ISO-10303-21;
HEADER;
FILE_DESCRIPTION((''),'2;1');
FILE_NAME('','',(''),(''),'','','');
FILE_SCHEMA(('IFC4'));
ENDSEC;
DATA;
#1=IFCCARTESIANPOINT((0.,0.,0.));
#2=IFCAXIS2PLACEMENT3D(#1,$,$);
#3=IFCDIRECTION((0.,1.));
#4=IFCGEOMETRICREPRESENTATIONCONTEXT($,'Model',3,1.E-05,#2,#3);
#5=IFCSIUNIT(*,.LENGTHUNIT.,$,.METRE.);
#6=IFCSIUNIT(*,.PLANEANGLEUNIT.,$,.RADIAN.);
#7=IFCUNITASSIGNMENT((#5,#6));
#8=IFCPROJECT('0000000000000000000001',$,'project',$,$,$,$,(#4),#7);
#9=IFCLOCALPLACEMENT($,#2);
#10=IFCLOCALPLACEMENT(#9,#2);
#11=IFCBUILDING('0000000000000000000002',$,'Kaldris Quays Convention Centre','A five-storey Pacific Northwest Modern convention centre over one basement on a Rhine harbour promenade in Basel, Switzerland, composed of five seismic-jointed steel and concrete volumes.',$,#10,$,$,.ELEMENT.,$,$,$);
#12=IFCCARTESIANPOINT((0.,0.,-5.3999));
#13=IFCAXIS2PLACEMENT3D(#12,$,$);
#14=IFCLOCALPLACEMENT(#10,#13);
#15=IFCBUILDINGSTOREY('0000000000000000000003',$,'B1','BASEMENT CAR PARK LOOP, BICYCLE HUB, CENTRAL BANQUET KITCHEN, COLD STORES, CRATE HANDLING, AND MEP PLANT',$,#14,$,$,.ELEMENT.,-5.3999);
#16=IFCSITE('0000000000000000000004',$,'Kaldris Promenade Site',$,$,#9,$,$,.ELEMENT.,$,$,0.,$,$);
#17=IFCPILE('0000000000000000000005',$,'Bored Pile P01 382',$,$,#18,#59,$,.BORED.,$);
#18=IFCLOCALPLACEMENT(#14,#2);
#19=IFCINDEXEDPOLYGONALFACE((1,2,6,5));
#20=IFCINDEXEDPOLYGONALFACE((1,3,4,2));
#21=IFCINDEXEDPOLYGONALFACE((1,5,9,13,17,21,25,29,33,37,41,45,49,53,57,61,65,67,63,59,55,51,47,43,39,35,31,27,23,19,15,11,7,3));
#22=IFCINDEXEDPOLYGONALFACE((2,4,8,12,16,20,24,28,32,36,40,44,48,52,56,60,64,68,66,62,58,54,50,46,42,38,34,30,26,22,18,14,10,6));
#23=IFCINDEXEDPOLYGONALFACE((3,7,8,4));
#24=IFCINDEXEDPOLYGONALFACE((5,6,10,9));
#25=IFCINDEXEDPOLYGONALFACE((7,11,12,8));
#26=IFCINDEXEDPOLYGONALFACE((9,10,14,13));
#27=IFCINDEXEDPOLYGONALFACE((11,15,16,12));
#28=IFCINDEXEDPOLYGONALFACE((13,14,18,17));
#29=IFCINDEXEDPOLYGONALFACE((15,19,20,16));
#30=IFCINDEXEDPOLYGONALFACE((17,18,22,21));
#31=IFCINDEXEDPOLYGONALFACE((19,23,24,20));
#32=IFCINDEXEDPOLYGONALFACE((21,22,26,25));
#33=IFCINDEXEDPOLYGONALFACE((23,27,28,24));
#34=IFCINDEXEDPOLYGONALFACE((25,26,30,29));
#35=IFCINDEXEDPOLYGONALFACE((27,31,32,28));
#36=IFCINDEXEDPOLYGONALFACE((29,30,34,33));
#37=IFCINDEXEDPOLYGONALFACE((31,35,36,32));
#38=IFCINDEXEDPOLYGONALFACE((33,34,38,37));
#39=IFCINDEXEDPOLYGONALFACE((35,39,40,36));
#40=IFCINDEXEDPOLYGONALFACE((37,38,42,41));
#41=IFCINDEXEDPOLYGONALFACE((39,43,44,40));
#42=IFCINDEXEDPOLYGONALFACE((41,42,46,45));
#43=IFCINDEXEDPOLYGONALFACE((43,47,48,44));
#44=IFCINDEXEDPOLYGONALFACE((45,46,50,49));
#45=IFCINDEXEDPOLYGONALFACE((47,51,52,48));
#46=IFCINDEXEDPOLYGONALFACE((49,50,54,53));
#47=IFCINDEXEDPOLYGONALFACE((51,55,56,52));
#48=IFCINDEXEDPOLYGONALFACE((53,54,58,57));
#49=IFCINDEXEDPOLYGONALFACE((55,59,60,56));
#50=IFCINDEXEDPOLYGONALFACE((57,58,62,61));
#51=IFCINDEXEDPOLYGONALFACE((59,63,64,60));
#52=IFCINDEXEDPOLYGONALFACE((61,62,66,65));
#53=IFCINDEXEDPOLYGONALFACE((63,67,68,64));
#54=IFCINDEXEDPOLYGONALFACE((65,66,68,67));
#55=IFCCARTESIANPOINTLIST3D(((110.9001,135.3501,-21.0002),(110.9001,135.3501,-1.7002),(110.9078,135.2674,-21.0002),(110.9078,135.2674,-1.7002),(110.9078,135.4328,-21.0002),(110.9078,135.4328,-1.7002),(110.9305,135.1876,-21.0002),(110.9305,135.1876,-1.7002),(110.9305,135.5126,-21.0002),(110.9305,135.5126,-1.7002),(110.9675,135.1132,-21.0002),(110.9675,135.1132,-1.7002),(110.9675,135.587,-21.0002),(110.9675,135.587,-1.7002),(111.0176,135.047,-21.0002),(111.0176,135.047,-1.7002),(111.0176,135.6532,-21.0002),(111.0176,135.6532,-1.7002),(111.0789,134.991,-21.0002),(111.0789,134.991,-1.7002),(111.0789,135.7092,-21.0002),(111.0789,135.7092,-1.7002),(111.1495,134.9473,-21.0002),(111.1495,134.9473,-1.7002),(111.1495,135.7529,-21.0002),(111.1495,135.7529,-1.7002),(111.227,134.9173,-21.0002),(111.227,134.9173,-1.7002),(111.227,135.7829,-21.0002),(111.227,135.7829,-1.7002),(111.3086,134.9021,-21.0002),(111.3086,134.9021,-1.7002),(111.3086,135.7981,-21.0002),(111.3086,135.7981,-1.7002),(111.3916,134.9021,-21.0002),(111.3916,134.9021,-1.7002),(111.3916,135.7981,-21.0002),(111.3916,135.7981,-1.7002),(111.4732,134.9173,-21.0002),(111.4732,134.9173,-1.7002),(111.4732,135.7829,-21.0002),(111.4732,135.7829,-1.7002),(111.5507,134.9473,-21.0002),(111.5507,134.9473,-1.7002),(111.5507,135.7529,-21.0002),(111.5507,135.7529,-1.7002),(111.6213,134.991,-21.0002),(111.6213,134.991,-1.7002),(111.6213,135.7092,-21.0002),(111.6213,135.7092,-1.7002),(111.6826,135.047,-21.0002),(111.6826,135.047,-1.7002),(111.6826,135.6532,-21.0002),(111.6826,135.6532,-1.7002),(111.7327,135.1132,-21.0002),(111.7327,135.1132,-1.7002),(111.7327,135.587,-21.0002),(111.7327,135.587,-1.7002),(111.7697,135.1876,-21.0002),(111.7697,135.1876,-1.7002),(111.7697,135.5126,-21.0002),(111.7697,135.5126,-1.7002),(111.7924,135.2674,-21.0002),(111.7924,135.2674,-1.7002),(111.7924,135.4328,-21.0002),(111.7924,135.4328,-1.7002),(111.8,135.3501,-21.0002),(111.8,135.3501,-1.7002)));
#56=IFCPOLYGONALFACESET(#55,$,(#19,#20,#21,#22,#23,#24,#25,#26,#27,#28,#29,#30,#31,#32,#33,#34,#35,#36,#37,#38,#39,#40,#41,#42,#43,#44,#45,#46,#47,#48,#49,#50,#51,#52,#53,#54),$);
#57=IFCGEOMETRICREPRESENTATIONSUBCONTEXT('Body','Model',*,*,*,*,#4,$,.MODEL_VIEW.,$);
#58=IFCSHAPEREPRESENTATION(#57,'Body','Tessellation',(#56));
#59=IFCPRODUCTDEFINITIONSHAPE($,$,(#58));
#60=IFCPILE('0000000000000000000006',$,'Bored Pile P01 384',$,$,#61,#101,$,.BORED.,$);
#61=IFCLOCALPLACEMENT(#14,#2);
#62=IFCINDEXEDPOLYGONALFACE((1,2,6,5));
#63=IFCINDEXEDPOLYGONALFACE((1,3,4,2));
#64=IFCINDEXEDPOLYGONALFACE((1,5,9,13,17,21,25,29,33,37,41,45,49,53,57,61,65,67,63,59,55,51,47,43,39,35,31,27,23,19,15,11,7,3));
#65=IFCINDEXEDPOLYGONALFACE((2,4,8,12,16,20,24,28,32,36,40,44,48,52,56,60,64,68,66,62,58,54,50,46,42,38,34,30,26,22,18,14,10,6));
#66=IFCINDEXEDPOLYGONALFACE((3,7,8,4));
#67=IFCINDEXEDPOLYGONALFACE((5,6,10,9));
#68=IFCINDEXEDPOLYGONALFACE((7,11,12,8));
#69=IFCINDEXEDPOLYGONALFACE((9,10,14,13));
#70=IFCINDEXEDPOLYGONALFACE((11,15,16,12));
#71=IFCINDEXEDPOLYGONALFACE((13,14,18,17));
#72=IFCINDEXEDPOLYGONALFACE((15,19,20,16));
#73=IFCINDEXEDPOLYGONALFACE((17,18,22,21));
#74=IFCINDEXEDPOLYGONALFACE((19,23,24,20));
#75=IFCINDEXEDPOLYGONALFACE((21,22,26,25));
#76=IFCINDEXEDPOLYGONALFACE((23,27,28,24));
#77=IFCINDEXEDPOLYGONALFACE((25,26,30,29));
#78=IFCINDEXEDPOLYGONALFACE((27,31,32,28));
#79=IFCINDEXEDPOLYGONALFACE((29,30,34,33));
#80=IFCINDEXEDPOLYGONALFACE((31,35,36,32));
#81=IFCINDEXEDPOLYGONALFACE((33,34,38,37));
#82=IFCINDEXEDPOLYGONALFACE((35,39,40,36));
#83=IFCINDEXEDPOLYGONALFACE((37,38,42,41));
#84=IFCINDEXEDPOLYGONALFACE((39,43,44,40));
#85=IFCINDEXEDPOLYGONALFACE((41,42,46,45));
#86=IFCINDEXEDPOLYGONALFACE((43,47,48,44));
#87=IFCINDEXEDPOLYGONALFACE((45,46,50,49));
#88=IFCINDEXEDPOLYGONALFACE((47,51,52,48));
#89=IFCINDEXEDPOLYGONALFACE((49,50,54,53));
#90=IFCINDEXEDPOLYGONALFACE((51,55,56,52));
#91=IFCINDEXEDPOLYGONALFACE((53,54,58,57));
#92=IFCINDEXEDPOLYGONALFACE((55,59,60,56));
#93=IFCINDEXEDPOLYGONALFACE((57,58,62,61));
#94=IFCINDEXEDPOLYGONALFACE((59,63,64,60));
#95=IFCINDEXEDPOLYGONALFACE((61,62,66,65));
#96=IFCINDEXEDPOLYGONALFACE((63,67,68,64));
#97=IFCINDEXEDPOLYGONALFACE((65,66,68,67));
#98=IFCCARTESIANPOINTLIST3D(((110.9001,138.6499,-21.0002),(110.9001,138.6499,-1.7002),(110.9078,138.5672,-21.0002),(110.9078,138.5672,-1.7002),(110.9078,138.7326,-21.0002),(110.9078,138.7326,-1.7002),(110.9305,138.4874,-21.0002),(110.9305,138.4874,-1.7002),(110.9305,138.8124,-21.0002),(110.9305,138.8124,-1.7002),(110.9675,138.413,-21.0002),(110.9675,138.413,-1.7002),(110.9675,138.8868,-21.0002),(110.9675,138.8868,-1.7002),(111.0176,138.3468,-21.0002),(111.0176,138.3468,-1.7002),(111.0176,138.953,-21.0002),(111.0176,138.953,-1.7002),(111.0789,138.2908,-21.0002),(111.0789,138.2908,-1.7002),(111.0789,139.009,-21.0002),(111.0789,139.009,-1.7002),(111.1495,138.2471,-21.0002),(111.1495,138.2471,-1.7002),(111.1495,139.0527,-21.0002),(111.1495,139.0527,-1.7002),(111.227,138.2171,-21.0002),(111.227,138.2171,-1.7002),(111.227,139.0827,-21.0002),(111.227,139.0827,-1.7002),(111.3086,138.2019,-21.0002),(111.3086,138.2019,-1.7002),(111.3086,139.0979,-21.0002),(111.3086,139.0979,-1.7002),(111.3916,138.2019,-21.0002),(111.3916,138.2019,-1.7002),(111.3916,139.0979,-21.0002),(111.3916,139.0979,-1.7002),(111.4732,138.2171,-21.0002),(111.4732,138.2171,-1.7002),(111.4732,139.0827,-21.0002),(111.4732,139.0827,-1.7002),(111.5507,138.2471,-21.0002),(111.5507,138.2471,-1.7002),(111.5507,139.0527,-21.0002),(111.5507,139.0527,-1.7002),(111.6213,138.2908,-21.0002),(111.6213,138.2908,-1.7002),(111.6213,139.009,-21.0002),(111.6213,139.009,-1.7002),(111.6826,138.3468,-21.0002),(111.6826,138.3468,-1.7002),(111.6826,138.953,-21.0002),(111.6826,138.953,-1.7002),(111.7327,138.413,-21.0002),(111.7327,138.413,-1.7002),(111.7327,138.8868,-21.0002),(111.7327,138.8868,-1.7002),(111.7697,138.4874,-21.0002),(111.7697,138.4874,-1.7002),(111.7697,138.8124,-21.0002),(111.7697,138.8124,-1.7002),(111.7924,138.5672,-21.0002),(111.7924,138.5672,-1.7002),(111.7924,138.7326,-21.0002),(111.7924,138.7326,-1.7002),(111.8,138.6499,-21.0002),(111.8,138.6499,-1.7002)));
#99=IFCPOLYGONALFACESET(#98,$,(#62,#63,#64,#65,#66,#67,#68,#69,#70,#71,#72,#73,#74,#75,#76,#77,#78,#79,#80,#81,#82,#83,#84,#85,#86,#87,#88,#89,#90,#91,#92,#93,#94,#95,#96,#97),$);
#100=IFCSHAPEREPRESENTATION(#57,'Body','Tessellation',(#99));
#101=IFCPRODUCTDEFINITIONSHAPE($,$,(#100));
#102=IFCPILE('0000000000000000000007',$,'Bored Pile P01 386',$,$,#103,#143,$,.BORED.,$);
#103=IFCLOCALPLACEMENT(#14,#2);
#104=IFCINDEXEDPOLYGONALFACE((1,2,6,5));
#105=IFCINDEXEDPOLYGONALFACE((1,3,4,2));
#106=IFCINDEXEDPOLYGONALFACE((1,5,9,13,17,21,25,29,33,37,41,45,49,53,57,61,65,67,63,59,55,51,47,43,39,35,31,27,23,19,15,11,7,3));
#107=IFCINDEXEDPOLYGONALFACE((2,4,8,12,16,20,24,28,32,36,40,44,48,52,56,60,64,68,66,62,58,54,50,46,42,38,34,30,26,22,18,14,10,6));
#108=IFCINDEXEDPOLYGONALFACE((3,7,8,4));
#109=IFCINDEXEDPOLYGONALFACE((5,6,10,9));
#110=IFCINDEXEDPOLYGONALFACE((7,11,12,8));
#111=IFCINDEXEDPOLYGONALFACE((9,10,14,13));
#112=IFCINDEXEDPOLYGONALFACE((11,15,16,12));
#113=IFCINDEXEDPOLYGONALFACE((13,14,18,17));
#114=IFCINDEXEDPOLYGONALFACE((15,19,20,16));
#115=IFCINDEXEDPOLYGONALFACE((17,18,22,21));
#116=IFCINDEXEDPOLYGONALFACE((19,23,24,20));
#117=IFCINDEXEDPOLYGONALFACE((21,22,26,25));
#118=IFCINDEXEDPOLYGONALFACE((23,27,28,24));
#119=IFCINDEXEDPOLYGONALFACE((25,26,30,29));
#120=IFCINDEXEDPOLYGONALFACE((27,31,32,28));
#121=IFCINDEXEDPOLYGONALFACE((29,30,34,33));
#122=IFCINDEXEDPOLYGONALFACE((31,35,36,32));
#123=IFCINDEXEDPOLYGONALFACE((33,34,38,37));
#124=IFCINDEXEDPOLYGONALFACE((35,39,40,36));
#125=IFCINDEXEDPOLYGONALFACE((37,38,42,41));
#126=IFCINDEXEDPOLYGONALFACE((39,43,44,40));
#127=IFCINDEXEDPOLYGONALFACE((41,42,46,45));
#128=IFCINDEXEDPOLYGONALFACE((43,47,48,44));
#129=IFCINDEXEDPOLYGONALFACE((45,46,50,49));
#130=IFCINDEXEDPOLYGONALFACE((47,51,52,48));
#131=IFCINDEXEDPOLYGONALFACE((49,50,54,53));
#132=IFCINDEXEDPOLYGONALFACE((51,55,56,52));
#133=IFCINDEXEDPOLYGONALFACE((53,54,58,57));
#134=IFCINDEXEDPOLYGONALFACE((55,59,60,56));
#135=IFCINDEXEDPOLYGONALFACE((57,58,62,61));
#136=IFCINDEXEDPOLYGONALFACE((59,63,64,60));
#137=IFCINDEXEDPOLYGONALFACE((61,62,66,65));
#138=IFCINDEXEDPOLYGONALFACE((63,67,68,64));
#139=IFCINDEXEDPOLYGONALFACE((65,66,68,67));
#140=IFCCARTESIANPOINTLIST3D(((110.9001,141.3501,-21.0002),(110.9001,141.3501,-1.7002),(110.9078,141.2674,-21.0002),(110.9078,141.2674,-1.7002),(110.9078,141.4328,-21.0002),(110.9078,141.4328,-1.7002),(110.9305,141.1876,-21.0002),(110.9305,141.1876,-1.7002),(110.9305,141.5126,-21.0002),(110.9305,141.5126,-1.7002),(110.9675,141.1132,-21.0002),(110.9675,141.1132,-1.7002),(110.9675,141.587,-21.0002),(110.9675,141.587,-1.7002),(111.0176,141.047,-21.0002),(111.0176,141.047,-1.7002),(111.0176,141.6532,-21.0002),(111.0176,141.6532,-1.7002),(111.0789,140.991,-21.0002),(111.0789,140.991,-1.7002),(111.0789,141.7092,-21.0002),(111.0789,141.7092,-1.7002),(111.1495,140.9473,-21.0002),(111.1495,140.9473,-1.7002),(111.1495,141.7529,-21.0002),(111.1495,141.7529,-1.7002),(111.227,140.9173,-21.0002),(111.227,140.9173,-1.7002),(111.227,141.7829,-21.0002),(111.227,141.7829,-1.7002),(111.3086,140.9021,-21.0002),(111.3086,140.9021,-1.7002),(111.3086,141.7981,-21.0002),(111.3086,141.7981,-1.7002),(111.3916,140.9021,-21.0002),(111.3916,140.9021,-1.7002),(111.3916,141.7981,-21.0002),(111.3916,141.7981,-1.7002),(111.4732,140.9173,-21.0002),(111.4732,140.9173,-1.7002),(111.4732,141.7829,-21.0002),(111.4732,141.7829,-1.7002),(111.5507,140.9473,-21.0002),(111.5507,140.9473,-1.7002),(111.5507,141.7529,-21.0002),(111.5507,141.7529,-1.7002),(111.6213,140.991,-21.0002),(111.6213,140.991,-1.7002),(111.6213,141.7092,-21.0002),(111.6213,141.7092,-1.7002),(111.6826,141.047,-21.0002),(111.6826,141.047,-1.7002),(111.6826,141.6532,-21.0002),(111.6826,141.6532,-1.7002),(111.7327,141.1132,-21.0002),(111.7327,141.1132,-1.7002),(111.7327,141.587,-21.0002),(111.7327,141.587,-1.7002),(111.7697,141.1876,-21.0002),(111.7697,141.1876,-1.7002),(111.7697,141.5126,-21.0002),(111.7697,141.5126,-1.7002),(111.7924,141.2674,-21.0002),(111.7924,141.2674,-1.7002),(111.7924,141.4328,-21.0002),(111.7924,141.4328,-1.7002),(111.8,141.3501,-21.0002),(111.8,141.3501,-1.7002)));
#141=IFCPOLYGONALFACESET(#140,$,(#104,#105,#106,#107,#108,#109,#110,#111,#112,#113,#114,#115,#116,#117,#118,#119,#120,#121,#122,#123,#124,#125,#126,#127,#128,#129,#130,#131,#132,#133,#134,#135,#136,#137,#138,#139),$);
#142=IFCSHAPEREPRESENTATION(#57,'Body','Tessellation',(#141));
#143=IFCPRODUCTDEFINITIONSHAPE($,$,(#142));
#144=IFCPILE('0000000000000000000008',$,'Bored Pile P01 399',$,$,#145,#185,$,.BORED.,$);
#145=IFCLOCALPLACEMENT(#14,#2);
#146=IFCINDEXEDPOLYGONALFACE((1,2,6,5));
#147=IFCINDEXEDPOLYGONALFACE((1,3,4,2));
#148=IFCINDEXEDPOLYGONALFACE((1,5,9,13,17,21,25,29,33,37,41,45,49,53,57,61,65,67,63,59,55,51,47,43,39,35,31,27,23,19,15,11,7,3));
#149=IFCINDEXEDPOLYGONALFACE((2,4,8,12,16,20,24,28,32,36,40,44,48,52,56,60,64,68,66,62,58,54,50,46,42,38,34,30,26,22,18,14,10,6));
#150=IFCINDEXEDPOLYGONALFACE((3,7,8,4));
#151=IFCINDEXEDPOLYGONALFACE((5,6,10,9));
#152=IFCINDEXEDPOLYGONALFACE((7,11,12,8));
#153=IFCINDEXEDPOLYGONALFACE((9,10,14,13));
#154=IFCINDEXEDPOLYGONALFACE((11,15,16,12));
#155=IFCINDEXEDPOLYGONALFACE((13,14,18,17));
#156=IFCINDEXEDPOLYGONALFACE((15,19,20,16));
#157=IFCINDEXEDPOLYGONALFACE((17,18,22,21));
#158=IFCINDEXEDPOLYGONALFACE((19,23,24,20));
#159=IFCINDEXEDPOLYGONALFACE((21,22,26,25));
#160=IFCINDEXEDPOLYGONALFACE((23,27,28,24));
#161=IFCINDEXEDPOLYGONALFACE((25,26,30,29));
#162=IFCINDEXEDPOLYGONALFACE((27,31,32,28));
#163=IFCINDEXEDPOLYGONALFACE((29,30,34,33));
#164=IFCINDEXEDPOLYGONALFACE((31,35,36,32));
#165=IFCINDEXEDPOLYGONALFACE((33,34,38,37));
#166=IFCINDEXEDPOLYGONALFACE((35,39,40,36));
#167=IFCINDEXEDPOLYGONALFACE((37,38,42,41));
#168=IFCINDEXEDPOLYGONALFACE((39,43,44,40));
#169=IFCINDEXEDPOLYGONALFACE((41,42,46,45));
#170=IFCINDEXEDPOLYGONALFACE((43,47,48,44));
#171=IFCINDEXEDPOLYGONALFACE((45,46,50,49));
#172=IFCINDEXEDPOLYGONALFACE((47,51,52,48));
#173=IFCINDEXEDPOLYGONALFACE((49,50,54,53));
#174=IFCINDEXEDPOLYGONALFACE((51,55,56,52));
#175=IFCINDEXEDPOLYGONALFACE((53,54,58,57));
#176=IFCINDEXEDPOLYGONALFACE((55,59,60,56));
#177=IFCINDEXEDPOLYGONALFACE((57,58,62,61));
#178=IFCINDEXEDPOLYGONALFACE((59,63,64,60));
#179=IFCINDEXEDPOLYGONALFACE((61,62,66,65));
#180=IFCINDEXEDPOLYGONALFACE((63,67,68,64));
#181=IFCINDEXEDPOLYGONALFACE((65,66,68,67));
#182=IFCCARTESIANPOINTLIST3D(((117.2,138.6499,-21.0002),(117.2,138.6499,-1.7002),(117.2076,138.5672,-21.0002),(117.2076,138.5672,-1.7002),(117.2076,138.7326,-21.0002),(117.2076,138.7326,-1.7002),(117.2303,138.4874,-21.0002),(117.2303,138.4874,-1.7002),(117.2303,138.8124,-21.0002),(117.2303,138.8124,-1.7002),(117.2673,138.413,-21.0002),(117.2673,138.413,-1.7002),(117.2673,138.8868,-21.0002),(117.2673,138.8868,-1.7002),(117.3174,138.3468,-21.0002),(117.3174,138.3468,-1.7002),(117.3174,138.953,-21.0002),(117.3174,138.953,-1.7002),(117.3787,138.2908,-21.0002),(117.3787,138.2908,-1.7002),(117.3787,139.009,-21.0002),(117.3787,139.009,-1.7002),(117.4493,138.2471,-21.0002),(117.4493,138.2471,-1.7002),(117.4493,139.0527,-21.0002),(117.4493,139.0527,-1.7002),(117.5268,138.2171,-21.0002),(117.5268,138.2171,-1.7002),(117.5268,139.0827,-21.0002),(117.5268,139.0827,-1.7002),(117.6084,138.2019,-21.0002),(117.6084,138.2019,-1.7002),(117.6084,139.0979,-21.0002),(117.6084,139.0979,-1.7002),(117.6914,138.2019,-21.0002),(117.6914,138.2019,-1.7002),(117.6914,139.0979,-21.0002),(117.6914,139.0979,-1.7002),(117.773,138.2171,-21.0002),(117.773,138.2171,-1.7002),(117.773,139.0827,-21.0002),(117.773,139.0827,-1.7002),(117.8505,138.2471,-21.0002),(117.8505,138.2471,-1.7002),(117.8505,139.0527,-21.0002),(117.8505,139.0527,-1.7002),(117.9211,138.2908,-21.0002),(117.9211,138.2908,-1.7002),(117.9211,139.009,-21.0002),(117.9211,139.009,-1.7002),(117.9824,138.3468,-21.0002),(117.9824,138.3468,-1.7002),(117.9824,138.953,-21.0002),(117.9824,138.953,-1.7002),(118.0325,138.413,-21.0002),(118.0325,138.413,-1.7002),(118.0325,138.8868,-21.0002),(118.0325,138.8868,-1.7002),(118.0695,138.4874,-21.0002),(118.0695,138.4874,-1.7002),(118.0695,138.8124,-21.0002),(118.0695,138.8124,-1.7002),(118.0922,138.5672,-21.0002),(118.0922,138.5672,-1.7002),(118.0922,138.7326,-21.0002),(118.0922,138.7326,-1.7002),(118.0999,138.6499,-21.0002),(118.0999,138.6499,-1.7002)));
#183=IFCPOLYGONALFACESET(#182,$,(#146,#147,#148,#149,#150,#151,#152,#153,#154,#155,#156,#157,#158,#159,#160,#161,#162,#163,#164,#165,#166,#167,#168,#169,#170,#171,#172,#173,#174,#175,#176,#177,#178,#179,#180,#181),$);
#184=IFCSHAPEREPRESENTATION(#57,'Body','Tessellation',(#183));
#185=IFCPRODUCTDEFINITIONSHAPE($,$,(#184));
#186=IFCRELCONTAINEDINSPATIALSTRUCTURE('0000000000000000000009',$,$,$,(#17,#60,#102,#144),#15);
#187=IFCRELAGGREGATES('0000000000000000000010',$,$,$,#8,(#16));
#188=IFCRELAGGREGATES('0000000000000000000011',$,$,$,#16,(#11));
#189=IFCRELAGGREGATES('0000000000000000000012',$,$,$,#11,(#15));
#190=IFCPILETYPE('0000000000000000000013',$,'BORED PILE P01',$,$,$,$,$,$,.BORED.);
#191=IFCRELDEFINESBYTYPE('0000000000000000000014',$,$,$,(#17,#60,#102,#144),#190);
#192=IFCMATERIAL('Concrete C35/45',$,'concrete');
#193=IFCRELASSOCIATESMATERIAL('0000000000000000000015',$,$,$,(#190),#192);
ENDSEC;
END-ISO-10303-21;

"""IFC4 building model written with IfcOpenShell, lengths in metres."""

from ifc_helpers import new_model, si_unit, direction, frame, origin, origin_2d, place, context, subcontext, project, spatial, circle, extrude, material, material_profile, profile_set, type_object, element, save


model = new_model("IFC4")

# Units and contexts
model_context = context("Model", 3, precision=1e-05, world=origin(), true_north=direction((0.0, 1.0)))
body_context = subcontext(model_context, "Body", "Model", "MODEL_VIEW")
ifc_project = project(units=[si_unit("LENGTHUNIT", "METRE"), si_unit("PLANEANGLEUNIT", "RADIAN")], contexts=[model_context])

# Site, building, storey
site_placement = place(None, origin())
site = spatial("IfcSite", under=ifc_project, at=site_placement, Name="Kaldris Promenade Site", CompositionType="ELEMENT", RefElevation=0.0)
building_placement = place(site_placement, origin())
building = spatial("IfcBuilding", under=site, at=building_placement, Name="Kaldris Quays Convention Centre", Description="A five-storey Pacific Northwest Modern convention centre over one basement on a Rhine harbour promenade in Basel, Switzerland, composed of five seismic-jointed steel and concrete volumes.", CompositionType="ELEMENT")
storey_placement = place(building_placement, frame((0.0, 0.0, -5.3999)))
storey = spatial("IfcBuildingStorey", under=building, at=storey_placement, Name="B1", Description="BASEMENT CAR PARK LOOP, BICYCLE HUB, CENTRAL BANQUET KITCHEN, COLD STORES, CRATE HANDLING, AND MEP PLANT", CompositionType="ELEMENT", Elevation=-5.3999)

# Piles
ifc_material_1 = material(Name="Concrete C35/45", Category="concrete")
ifc_material_profile_1 = material_profile(ifc_material_1, circle(Radius=0.45, at=origin_2d()), Name="BORED PILE D900")
ifc_profile_set_1 = profile_set([ifc_material_profile_1], Name="Concrete C35/45")
pile_type = type_object("IfcPileType", Name="BORED PILE P01", PredefinedType="BORED", material=ifc_profile_set_1)
for number, where, z_axis, x_axis, name in (
    (1, (111.3501, 135.3501, -1.7002), (0.0, 0.0, -1.0), (1.0, 0.0, 0.0), "Bored Pile P01 382"),
    (2, (111.3501, 138.6499, -1.7002), (0.0, 0.0, -1.0), (1.0, 0.0, 0.0), "Bored Pile P01 384"),
    (3, (111.3501, 141.3501, -1.7002), (0.0, 0.0, -1.0), (1.0, 0.0, 0.0), "Bored Pile P01 386"),
    (4, (117.6499, 138.6499, -1.7002), (0.0, 0.0, -1.0), (1.0, 0.0, 0.0), "Bored Pile P01 399"),
):
    element("IfcPile", number, at=place(storey_placement, frame(where, z_axis=z_axis, x_axis=x_axis)), inside=storey, type_object=pile_type, Name=name, PredefinedType="BORED", context=body_context, shape_type="SweptSolid", body=[
        extrude(circle(Radius=0.45, at=origin_2d()), origin(), (0.0, 0.0, 1.0), 19.3),
    ])

save(model, "model.ifc")
